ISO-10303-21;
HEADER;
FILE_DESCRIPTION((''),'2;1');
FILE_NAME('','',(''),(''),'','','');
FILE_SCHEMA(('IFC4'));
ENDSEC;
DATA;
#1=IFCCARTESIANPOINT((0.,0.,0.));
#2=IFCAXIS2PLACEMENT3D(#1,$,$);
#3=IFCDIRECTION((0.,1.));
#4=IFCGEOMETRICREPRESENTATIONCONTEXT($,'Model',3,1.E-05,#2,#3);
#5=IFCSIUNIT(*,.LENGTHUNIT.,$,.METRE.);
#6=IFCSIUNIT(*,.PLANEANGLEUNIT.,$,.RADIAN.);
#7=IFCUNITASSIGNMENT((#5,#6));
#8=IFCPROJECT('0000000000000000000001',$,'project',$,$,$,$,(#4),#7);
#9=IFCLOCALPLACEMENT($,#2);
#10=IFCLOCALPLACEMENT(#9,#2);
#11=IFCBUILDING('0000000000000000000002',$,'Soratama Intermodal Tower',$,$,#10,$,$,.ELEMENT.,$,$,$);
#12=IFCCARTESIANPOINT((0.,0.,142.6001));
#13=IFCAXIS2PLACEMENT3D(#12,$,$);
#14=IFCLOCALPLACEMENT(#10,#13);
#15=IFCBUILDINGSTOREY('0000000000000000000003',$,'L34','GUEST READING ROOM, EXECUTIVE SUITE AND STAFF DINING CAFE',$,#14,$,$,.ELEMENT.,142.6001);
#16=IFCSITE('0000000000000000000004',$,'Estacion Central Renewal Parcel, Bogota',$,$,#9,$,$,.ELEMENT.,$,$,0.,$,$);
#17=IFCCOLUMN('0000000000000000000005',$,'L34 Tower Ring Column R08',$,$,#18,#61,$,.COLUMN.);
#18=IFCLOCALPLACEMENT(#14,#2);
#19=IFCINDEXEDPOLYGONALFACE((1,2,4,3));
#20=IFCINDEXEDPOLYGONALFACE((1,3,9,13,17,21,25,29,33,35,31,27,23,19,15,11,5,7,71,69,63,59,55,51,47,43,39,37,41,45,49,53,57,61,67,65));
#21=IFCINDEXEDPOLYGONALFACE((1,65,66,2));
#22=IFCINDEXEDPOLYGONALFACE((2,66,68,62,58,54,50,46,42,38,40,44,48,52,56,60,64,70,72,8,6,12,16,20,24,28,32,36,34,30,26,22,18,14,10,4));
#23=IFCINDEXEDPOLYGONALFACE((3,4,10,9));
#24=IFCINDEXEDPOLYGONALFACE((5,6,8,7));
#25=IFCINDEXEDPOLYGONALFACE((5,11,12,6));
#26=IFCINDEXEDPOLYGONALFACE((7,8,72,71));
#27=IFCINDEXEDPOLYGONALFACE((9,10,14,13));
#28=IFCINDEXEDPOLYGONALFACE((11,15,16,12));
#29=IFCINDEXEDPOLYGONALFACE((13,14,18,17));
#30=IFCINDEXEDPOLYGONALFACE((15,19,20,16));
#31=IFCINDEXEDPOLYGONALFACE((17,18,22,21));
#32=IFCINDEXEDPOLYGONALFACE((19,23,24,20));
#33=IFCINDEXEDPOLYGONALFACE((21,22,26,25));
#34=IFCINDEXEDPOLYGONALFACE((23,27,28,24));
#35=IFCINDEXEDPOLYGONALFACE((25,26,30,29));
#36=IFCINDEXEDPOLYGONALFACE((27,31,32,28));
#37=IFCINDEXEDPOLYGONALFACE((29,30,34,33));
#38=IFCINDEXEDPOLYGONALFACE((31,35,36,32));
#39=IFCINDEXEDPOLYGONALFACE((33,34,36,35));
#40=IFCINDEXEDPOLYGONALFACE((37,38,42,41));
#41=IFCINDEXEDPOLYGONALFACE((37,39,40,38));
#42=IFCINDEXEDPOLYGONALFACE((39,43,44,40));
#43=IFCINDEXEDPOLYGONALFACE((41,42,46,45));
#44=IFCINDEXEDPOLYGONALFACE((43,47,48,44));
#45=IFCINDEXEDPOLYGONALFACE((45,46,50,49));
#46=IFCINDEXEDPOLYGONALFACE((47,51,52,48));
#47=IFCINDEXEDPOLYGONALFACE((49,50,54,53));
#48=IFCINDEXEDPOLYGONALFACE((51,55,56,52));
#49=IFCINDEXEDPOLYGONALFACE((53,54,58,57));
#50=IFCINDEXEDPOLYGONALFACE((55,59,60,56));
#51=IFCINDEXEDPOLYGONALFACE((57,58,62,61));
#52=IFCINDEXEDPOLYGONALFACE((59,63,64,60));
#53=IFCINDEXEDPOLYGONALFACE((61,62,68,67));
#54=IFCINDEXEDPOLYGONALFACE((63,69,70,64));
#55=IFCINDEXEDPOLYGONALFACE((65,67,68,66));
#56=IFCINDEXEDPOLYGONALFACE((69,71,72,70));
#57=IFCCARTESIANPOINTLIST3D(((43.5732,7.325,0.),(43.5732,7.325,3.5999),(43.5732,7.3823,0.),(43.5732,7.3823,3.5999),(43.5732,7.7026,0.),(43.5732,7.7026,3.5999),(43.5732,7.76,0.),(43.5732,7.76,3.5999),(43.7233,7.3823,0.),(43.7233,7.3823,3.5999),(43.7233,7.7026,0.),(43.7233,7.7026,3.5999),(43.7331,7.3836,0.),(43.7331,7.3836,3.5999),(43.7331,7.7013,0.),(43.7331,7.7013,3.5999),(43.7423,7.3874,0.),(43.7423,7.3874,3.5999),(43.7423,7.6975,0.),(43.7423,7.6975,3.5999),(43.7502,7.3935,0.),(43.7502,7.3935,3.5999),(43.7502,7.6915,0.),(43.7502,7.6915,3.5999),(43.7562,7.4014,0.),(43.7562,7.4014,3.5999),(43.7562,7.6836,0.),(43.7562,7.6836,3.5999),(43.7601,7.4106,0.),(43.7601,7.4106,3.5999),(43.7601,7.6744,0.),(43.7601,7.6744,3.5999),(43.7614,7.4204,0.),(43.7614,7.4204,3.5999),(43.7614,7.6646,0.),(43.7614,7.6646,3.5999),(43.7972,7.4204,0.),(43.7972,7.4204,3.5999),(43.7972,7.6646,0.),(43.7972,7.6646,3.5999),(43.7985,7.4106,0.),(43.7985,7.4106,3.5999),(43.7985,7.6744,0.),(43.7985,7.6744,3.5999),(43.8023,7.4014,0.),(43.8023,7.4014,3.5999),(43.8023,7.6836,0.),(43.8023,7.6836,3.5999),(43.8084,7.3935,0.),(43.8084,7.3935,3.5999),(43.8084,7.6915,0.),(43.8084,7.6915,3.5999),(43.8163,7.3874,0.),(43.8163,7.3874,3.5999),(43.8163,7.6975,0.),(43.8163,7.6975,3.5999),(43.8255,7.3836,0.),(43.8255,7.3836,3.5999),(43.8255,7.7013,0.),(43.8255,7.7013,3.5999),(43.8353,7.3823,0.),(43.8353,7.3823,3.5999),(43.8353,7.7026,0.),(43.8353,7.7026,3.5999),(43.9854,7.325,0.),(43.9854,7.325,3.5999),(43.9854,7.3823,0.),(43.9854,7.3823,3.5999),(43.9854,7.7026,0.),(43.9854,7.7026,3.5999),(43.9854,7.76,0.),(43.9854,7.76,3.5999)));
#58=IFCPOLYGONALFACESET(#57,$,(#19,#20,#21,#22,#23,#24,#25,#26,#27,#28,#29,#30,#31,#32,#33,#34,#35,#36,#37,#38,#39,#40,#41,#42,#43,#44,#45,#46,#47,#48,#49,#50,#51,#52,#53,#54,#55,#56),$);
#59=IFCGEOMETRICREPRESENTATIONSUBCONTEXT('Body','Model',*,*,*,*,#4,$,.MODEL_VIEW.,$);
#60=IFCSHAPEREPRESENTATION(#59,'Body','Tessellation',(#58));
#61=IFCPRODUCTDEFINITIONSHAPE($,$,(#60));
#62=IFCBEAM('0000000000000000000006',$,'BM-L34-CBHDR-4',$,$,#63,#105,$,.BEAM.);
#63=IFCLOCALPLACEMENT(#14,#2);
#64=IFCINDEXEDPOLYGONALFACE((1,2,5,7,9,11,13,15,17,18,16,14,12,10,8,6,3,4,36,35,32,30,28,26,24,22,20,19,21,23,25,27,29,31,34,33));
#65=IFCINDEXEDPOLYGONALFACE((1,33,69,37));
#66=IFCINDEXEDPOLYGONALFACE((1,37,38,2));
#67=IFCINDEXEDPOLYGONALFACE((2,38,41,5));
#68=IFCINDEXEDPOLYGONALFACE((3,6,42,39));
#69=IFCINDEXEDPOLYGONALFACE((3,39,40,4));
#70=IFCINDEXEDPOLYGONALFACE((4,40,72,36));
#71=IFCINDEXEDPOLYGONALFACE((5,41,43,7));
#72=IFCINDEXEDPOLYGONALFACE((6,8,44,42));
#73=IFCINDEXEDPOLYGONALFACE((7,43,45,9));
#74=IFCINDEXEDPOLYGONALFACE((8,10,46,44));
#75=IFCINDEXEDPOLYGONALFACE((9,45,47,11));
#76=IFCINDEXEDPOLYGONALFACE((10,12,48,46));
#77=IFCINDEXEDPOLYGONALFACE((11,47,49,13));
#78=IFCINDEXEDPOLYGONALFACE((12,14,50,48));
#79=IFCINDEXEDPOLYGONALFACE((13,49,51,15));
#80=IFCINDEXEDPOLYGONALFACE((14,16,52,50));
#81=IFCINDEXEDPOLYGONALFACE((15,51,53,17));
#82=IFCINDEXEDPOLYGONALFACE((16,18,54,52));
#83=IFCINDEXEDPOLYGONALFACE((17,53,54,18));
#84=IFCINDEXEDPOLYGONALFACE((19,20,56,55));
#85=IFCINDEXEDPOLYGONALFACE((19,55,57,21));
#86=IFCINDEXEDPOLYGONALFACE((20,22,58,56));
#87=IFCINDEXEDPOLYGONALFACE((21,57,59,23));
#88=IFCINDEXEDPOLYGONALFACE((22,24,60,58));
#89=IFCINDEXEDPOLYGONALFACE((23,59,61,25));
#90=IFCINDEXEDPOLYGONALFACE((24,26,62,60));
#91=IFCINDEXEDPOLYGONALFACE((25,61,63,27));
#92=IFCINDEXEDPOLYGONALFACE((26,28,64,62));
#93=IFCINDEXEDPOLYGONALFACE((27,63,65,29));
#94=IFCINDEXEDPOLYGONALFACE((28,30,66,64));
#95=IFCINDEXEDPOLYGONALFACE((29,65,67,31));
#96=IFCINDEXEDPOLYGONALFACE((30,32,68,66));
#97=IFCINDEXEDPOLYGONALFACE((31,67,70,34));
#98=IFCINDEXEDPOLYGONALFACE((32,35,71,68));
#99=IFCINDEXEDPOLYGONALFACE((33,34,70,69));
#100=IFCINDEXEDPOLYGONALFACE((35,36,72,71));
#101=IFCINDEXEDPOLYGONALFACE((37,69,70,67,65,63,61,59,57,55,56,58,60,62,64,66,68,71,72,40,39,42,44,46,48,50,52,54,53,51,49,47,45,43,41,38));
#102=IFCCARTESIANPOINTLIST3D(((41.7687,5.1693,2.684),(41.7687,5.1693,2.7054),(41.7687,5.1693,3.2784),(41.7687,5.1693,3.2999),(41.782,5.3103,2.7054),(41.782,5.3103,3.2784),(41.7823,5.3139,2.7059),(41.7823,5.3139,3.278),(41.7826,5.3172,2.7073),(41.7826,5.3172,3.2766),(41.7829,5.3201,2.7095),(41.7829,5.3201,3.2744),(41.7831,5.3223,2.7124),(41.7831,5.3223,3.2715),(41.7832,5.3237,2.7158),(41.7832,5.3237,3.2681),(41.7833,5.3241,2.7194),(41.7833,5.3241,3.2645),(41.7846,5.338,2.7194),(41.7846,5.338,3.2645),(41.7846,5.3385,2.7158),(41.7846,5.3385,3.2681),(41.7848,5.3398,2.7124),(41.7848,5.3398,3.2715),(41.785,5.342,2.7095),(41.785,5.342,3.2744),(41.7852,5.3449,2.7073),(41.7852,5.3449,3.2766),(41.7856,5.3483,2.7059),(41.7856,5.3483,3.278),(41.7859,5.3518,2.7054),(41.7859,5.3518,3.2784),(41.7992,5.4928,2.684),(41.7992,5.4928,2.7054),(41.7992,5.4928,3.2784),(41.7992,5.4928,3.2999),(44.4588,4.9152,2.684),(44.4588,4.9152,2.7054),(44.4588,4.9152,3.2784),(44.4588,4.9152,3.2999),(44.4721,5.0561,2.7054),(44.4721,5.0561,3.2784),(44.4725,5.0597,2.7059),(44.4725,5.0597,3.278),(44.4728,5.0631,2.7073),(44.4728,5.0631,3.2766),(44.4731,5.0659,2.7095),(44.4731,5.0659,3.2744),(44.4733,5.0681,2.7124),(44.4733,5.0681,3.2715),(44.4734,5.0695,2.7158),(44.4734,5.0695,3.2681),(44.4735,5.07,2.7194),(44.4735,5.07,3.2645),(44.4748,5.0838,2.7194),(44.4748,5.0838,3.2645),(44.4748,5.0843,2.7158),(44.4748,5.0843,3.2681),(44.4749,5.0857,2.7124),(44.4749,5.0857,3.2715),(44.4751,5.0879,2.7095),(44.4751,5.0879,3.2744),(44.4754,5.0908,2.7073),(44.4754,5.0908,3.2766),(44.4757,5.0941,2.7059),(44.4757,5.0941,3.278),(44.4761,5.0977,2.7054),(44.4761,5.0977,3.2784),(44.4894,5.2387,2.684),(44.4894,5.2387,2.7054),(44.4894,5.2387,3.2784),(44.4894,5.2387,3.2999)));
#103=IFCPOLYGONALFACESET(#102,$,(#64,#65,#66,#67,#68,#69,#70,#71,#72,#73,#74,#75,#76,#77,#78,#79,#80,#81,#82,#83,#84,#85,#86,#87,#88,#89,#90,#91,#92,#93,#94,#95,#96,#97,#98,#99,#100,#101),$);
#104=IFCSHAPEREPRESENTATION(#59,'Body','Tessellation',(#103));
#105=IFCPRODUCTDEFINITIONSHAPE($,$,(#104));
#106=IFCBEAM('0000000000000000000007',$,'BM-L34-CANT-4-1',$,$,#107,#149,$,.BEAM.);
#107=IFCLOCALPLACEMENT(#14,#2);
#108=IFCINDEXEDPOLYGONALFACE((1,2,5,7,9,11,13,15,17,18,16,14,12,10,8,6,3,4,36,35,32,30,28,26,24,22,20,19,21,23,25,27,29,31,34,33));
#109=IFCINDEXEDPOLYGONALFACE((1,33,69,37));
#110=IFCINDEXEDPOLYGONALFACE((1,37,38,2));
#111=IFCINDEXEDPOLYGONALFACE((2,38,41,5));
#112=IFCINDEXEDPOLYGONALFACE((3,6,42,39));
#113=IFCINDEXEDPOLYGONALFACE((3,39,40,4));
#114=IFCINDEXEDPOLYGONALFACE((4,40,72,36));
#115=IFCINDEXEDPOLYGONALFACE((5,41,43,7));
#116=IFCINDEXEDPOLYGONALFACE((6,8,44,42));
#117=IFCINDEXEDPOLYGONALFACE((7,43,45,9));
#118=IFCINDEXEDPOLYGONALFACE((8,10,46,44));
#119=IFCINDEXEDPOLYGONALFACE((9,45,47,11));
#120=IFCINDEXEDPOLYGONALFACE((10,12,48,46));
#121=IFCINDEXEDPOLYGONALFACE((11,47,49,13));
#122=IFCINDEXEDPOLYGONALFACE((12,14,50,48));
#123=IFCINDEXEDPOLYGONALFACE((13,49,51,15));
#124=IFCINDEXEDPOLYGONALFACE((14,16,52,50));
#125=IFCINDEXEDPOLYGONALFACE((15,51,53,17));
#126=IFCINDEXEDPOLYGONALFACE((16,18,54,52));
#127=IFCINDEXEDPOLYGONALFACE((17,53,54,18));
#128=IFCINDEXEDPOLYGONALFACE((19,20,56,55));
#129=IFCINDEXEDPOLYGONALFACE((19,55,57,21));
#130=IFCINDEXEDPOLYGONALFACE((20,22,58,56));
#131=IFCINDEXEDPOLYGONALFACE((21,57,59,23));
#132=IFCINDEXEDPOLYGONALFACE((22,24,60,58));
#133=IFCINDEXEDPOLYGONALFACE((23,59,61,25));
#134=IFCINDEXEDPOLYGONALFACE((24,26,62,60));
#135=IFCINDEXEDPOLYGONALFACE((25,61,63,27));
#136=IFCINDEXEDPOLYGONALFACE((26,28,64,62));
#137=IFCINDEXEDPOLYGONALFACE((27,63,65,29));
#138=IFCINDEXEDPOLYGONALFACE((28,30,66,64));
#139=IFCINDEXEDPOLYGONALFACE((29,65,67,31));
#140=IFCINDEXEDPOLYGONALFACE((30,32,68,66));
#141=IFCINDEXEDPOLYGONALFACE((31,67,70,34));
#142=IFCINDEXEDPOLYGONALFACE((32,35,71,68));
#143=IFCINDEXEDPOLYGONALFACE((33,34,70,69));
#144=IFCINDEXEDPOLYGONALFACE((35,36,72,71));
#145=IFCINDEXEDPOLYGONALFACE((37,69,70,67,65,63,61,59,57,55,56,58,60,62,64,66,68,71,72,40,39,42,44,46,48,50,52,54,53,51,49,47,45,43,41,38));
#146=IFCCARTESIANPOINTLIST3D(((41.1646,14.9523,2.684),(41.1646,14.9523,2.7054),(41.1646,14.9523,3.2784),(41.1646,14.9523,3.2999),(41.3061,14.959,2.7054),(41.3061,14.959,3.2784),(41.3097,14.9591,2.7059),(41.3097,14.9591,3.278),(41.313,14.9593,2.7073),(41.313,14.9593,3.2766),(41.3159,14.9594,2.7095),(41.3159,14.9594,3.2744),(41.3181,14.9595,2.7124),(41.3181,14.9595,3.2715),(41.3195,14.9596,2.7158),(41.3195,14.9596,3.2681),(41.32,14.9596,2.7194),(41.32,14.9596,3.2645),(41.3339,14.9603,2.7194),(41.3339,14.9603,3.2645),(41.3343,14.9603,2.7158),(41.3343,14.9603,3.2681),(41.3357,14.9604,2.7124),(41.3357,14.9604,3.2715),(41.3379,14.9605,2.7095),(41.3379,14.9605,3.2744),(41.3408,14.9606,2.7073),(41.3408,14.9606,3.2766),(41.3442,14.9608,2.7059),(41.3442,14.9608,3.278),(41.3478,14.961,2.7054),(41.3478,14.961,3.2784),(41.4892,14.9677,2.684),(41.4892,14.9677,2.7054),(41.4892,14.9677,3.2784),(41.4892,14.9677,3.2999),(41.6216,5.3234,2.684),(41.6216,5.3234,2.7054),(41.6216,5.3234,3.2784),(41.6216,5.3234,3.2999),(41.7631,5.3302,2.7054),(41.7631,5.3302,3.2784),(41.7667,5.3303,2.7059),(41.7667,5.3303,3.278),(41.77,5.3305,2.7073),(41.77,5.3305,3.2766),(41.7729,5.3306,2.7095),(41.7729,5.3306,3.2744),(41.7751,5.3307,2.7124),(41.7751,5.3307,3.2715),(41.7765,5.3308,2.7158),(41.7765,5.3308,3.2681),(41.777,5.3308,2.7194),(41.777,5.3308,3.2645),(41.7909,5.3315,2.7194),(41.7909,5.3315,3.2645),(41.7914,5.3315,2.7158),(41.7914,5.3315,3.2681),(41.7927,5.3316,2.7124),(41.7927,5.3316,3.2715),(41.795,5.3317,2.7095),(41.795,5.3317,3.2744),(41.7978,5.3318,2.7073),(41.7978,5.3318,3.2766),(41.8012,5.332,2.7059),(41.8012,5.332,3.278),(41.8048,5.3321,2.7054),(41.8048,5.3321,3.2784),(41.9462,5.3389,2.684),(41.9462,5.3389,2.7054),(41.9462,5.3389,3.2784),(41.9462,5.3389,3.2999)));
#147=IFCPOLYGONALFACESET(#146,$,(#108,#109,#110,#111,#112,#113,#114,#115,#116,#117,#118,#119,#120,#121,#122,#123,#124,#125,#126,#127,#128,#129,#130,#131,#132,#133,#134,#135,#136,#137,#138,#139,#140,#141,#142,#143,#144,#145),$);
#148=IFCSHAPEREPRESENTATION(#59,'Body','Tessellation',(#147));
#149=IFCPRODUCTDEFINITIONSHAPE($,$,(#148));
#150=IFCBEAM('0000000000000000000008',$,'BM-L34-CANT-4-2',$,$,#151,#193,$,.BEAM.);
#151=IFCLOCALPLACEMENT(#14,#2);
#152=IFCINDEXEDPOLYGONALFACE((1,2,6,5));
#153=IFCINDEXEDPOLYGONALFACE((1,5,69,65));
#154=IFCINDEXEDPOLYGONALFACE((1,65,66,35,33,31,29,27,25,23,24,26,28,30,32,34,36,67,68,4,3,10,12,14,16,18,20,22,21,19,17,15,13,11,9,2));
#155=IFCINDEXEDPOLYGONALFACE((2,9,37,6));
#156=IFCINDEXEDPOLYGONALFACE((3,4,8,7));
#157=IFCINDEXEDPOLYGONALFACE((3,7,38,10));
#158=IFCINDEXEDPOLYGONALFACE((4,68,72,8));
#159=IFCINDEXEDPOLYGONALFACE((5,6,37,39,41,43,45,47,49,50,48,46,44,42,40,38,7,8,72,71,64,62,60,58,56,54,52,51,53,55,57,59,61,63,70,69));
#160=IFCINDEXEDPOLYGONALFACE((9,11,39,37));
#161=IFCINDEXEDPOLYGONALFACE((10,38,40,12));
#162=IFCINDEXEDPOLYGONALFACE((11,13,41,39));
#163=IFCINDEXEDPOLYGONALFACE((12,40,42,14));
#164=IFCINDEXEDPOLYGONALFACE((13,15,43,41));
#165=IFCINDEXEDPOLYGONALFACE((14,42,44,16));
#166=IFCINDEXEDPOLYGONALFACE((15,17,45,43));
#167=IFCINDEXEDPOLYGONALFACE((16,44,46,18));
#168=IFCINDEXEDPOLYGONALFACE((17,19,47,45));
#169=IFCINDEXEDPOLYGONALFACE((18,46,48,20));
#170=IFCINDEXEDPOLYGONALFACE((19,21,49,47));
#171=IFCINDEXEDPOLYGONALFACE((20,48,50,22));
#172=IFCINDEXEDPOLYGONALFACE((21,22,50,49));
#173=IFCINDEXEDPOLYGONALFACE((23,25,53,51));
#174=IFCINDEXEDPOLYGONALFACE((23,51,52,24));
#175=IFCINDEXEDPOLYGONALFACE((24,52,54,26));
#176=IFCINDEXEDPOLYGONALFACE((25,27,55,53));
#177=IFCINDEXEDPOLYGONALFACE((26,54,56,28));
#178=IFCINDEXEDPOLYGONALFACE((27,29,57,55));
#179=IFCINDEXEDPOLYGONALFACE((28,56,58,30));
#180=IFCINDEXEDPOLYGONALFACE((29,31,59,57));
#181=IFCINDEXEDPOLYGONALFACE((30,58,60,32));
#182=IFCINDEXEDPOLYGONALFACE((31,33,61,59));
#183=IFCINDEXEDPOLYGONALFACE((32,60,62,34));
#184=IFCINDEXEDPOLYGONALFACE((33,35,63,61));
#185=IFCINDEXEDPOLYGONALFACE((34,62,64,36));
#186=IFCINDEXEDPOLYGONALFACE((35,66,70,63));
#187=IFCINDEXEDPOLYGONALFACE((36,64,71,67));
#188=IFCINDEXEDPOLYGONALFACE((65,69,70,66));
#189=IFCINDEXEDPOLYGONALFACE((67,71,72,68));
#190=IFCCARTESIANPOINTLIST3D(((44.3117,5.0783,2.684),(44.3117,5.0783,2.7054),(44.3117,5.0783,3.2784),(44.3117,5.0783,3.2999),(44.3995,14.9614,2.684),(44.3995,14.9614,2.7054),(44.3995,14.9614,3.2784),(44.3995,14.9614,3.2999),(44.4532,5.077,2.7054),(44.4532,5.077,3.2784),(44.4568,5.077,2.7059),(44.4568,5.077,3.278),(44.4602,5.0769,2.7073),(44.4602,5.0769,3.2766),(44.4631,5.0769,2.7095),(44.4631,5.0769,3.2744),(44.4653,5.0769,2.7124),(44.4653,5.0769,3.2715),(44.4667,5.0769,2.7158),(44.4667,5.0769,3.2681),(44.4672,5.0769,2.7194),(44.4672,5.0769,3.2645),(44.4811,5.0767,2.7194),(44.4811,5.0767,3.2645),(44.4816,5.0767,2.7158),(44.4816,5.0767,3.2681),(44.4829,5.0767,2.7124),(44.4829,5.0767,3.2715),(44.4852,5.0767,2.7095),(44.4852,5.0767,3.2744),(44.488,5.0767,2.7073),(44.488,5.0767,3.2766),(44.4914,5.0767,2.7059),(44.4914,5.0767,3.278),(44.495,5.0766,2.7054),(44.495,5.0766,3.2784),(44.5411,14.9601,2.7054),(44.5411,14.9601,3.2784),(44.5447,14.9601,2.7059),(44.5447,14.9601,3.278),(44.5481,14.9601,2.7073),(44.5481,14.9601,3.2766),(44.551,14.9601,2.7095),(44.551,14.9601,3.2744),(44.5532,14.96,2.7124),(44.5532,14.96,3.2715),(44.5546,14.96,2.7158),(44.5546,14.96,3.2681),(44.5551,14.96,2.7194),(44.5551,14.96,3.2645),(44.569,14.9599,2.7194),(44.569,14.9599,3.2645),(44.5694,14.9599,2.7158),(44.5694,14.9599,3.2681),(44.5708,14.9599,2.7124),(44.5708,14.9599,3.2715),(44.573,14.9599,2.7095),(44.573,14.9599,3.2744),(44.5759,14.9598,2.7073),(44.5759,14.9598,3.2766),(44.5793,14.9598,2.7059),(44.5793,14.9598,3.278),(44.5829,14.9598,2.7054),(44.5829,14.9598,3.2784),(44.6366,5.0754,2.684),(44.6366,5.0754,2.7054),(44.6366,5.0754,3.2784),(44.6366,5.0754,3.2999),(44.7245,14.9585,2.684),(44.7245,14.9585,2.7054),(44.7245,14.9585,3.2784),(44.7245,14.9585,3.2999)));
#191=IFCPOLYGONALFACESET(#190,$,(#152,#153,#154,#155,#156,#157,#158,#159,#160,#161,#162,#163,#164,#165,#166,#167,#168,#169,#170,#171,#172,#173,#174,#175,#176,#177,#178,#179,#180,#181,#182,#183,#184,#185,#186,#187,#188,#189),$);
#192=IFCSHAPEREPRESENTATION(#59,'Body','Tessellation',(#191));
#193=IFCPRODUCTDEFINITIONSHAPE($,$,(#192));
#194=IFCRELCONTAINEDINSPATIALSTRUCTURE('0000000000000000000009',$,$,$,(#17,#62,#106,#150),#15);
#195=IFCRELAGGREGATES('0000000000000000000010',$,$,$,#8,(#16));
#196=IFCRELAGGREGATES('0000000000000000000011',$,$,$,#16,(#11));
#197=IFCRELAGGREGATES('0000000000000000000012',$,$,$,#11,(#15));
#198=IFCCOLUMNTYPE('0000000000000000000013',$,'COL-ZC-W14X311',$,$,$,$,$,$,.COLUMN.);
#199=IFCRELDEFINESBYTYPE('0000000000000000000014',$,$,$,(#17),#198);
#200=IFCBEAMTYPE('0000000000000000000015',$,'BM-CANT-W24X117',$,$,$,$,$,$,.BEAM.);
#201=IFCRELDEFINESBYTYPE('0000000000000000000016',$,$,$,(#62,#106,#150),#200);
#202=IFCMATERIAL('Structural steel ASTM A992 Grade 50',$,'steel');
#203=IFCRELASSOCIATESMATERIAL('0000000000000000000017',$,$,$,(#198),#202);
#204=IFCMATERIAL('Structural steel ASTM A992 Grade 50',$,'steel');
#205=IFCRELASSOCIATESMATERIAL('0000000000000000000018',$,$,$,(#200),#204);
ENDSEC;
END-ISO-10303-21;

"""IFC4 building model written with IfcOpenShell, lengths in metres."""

from ifc_helpers import new_model, si_unit, direction, frame, origin, origin_2d, place, context, subcontext, project, spatial, i_section, extrude, material, material_profile, profile_set, type_object, element, save


model = new_model("IFC4")

# Units and contexts
model_context = context("Model", 3, precision=1e-05, world=origin(), true_north=direction((0.0, 1.0)))
body_context = subcontext(model_context, "Body", "Model", "MODEL_VIEW")
ifc_project = project(units=[si_unit("LENGTHUNIT", "METRE"), si_unit("PLANEANGLEUNIT", "RADIAN")], contexts=[model_context])

# Site, building, storey
site_placement = place(None, origin())
site = spatial("IfcSite", under=ifc_project, at=site_placement, Name="Estacion Central Renewal Parcel, Bogota", CompositionType="ELEMENT", RefElevation=0.0)
building_placement = place(site_placement, origin())
building = spatial("IfcBuilding", under=site, at=building_placement, Name="Soratama Intermodal Tower", CompositionType="ELEMENT")
storey_placement = place(building_placement, frame((0.0, 0.0, 142.6001)))
storey = spatial("IfcBuildingStorey", under=building, at=storey_placement, Name="L34", Description="GUEST READING ROOM, EXECUTIVE SUITE AND STAFF DINING CAFE", CompositionType="ELEMENT", Elevation=142.6001)

# Column
ifc_material_1 = material(Name="Structural steel ASTM A992 Grade 50", Category="steel")
ifc_material_profile_1 = material_profile(ifc_material_1, i_section(OverallWidth=0.4121, OverallDepth=0.4351, WebThickness=0.0359, FlangeThickness=0.0574, FilletRadius=0.0381, at=origin_2d()), Name="W14X311")
ifc_profile_set_1 = profile_set([ifc_material_profile_1], Name="Structural steel ASTM A992 Grade 50")
column_type = type_object("IfcColumnType", Name="COL-ZC-W14X311", PredefinedType="COLUMN", material=ifc_profile_set_1)
column_placement = place(storey_placement, frame((43.7793, 7.5425, 0.0), z_axis=(0.0, 0.0, 1.0), x_axis=(1.0, 0.0, 0.0)))
element("IfcColumn", 1, at=column_placement, inside=storey, type_object=column_type, Name="L34 Tower Ring Column R08", PredefinedType="COLUMN", context=body_context, shape_type="SweptSolid", body=[
    extrude(i_section(OverallWidth=0.4121, OverallDepth=0.4351, WebThickness=0.0359, FlangeThickness=0.0574, FilletRadius=0.0381, at=origin_2d()), origin(), (0.0, 0.0, 1.0), 3.5999),
])

# Beams
ifc_material_2 = material(Name="Structural steel ASTM A992 Grade 50", Category="steel")
ifc_material_profile_2 = material_profile(ifc_material_2, i_section(OverallWidth=0.325, OverallDepth=0.616, WebThickness=0.0139, FlangeThickness=0.0215, FilletRadius=0.0139, at=origin_2d()), Name="W24X117")
ifc_profile_set_2 = profile_set([ifc_material_profile_2], Name="Structural steel ASTM A992 Grade 50")
beam_type_1 = type_object("IfcBeamType", Name="BM-CANT-W24X117", PredefinedType="BEAM", material=ifc_profile_set_2)
beam_1_placement = place(storey_placement, frame((41.7839, 5.3311, 2.9919), z_axis=(0.995567, -0.094054, 0.0), x_axis=(0.094054, 0.995567, 0.0)))
element("IfcBeam", 2, at=beam_1_placement, inside=storey, type_object=beam_type_1, Name="BM-L34-CBHDR-4", PredefinedType="BEAM", context=body_context, shape_type="SweptSolid", body=[
    extrude(i_section(OverallWidth=0.325, OverallDepth=0.616, WebThickness=0.0139, FlangeThickness=0.0215, FilletRadius=0.0139, at=origin_2d()), origin(), (0.0, 0.0, 1.0), 2.7021),
])
beam_2_placement = place(storey_placement, frame((41.3269, 14.96, 2.9919), z_axis=(0.047411, -0.998875, 0.0), x_axis=(0.998875, 0.047411, 0.0)))
element("IfcBeam", 3, at=beam_2_placement, inside=storey, type_object=beam_type_1, Name="BM-L34-CANT-4-1", PredefinedType="BEAM", context=body_context, shape_type="SweptSolid", body=[
    extrude(i_section(OverallWidth=0.325, OverallDepth=0.616, WebThickness=0.0139, FlangeThickness=0.0215, FilletRadius=0.0139, at=origin_2d()), origin(), (0.0, 0.0, 1.0), 9.6396),
])
beam_3_placement = place(storey_placement, frame((44.562, 14.96, 2.9919), z_axis=(-0.008893, -0.99996, 0.0), x_axis=(0.99996, -0.008893, 0.0)))
element("IfcBeam", 4, at=beam_3_placement, inside=storey, type_object=beam_type_1, Name="BM-L34-CANT-4-2", PredefinedType="BEAM", context=body_context, shape_type="SweptSolid", body=[
    extrude(i_section(OverallWidth=0.325, OverallDepth=0.616, WebThickness=0.0139, FlangeThickness=0.0215, FilletRadius=0.0139, at=origin_2d()), origin(), (0.0, 0.0, 1.0), 9.8835),
])

save(model, "model.ifc")
